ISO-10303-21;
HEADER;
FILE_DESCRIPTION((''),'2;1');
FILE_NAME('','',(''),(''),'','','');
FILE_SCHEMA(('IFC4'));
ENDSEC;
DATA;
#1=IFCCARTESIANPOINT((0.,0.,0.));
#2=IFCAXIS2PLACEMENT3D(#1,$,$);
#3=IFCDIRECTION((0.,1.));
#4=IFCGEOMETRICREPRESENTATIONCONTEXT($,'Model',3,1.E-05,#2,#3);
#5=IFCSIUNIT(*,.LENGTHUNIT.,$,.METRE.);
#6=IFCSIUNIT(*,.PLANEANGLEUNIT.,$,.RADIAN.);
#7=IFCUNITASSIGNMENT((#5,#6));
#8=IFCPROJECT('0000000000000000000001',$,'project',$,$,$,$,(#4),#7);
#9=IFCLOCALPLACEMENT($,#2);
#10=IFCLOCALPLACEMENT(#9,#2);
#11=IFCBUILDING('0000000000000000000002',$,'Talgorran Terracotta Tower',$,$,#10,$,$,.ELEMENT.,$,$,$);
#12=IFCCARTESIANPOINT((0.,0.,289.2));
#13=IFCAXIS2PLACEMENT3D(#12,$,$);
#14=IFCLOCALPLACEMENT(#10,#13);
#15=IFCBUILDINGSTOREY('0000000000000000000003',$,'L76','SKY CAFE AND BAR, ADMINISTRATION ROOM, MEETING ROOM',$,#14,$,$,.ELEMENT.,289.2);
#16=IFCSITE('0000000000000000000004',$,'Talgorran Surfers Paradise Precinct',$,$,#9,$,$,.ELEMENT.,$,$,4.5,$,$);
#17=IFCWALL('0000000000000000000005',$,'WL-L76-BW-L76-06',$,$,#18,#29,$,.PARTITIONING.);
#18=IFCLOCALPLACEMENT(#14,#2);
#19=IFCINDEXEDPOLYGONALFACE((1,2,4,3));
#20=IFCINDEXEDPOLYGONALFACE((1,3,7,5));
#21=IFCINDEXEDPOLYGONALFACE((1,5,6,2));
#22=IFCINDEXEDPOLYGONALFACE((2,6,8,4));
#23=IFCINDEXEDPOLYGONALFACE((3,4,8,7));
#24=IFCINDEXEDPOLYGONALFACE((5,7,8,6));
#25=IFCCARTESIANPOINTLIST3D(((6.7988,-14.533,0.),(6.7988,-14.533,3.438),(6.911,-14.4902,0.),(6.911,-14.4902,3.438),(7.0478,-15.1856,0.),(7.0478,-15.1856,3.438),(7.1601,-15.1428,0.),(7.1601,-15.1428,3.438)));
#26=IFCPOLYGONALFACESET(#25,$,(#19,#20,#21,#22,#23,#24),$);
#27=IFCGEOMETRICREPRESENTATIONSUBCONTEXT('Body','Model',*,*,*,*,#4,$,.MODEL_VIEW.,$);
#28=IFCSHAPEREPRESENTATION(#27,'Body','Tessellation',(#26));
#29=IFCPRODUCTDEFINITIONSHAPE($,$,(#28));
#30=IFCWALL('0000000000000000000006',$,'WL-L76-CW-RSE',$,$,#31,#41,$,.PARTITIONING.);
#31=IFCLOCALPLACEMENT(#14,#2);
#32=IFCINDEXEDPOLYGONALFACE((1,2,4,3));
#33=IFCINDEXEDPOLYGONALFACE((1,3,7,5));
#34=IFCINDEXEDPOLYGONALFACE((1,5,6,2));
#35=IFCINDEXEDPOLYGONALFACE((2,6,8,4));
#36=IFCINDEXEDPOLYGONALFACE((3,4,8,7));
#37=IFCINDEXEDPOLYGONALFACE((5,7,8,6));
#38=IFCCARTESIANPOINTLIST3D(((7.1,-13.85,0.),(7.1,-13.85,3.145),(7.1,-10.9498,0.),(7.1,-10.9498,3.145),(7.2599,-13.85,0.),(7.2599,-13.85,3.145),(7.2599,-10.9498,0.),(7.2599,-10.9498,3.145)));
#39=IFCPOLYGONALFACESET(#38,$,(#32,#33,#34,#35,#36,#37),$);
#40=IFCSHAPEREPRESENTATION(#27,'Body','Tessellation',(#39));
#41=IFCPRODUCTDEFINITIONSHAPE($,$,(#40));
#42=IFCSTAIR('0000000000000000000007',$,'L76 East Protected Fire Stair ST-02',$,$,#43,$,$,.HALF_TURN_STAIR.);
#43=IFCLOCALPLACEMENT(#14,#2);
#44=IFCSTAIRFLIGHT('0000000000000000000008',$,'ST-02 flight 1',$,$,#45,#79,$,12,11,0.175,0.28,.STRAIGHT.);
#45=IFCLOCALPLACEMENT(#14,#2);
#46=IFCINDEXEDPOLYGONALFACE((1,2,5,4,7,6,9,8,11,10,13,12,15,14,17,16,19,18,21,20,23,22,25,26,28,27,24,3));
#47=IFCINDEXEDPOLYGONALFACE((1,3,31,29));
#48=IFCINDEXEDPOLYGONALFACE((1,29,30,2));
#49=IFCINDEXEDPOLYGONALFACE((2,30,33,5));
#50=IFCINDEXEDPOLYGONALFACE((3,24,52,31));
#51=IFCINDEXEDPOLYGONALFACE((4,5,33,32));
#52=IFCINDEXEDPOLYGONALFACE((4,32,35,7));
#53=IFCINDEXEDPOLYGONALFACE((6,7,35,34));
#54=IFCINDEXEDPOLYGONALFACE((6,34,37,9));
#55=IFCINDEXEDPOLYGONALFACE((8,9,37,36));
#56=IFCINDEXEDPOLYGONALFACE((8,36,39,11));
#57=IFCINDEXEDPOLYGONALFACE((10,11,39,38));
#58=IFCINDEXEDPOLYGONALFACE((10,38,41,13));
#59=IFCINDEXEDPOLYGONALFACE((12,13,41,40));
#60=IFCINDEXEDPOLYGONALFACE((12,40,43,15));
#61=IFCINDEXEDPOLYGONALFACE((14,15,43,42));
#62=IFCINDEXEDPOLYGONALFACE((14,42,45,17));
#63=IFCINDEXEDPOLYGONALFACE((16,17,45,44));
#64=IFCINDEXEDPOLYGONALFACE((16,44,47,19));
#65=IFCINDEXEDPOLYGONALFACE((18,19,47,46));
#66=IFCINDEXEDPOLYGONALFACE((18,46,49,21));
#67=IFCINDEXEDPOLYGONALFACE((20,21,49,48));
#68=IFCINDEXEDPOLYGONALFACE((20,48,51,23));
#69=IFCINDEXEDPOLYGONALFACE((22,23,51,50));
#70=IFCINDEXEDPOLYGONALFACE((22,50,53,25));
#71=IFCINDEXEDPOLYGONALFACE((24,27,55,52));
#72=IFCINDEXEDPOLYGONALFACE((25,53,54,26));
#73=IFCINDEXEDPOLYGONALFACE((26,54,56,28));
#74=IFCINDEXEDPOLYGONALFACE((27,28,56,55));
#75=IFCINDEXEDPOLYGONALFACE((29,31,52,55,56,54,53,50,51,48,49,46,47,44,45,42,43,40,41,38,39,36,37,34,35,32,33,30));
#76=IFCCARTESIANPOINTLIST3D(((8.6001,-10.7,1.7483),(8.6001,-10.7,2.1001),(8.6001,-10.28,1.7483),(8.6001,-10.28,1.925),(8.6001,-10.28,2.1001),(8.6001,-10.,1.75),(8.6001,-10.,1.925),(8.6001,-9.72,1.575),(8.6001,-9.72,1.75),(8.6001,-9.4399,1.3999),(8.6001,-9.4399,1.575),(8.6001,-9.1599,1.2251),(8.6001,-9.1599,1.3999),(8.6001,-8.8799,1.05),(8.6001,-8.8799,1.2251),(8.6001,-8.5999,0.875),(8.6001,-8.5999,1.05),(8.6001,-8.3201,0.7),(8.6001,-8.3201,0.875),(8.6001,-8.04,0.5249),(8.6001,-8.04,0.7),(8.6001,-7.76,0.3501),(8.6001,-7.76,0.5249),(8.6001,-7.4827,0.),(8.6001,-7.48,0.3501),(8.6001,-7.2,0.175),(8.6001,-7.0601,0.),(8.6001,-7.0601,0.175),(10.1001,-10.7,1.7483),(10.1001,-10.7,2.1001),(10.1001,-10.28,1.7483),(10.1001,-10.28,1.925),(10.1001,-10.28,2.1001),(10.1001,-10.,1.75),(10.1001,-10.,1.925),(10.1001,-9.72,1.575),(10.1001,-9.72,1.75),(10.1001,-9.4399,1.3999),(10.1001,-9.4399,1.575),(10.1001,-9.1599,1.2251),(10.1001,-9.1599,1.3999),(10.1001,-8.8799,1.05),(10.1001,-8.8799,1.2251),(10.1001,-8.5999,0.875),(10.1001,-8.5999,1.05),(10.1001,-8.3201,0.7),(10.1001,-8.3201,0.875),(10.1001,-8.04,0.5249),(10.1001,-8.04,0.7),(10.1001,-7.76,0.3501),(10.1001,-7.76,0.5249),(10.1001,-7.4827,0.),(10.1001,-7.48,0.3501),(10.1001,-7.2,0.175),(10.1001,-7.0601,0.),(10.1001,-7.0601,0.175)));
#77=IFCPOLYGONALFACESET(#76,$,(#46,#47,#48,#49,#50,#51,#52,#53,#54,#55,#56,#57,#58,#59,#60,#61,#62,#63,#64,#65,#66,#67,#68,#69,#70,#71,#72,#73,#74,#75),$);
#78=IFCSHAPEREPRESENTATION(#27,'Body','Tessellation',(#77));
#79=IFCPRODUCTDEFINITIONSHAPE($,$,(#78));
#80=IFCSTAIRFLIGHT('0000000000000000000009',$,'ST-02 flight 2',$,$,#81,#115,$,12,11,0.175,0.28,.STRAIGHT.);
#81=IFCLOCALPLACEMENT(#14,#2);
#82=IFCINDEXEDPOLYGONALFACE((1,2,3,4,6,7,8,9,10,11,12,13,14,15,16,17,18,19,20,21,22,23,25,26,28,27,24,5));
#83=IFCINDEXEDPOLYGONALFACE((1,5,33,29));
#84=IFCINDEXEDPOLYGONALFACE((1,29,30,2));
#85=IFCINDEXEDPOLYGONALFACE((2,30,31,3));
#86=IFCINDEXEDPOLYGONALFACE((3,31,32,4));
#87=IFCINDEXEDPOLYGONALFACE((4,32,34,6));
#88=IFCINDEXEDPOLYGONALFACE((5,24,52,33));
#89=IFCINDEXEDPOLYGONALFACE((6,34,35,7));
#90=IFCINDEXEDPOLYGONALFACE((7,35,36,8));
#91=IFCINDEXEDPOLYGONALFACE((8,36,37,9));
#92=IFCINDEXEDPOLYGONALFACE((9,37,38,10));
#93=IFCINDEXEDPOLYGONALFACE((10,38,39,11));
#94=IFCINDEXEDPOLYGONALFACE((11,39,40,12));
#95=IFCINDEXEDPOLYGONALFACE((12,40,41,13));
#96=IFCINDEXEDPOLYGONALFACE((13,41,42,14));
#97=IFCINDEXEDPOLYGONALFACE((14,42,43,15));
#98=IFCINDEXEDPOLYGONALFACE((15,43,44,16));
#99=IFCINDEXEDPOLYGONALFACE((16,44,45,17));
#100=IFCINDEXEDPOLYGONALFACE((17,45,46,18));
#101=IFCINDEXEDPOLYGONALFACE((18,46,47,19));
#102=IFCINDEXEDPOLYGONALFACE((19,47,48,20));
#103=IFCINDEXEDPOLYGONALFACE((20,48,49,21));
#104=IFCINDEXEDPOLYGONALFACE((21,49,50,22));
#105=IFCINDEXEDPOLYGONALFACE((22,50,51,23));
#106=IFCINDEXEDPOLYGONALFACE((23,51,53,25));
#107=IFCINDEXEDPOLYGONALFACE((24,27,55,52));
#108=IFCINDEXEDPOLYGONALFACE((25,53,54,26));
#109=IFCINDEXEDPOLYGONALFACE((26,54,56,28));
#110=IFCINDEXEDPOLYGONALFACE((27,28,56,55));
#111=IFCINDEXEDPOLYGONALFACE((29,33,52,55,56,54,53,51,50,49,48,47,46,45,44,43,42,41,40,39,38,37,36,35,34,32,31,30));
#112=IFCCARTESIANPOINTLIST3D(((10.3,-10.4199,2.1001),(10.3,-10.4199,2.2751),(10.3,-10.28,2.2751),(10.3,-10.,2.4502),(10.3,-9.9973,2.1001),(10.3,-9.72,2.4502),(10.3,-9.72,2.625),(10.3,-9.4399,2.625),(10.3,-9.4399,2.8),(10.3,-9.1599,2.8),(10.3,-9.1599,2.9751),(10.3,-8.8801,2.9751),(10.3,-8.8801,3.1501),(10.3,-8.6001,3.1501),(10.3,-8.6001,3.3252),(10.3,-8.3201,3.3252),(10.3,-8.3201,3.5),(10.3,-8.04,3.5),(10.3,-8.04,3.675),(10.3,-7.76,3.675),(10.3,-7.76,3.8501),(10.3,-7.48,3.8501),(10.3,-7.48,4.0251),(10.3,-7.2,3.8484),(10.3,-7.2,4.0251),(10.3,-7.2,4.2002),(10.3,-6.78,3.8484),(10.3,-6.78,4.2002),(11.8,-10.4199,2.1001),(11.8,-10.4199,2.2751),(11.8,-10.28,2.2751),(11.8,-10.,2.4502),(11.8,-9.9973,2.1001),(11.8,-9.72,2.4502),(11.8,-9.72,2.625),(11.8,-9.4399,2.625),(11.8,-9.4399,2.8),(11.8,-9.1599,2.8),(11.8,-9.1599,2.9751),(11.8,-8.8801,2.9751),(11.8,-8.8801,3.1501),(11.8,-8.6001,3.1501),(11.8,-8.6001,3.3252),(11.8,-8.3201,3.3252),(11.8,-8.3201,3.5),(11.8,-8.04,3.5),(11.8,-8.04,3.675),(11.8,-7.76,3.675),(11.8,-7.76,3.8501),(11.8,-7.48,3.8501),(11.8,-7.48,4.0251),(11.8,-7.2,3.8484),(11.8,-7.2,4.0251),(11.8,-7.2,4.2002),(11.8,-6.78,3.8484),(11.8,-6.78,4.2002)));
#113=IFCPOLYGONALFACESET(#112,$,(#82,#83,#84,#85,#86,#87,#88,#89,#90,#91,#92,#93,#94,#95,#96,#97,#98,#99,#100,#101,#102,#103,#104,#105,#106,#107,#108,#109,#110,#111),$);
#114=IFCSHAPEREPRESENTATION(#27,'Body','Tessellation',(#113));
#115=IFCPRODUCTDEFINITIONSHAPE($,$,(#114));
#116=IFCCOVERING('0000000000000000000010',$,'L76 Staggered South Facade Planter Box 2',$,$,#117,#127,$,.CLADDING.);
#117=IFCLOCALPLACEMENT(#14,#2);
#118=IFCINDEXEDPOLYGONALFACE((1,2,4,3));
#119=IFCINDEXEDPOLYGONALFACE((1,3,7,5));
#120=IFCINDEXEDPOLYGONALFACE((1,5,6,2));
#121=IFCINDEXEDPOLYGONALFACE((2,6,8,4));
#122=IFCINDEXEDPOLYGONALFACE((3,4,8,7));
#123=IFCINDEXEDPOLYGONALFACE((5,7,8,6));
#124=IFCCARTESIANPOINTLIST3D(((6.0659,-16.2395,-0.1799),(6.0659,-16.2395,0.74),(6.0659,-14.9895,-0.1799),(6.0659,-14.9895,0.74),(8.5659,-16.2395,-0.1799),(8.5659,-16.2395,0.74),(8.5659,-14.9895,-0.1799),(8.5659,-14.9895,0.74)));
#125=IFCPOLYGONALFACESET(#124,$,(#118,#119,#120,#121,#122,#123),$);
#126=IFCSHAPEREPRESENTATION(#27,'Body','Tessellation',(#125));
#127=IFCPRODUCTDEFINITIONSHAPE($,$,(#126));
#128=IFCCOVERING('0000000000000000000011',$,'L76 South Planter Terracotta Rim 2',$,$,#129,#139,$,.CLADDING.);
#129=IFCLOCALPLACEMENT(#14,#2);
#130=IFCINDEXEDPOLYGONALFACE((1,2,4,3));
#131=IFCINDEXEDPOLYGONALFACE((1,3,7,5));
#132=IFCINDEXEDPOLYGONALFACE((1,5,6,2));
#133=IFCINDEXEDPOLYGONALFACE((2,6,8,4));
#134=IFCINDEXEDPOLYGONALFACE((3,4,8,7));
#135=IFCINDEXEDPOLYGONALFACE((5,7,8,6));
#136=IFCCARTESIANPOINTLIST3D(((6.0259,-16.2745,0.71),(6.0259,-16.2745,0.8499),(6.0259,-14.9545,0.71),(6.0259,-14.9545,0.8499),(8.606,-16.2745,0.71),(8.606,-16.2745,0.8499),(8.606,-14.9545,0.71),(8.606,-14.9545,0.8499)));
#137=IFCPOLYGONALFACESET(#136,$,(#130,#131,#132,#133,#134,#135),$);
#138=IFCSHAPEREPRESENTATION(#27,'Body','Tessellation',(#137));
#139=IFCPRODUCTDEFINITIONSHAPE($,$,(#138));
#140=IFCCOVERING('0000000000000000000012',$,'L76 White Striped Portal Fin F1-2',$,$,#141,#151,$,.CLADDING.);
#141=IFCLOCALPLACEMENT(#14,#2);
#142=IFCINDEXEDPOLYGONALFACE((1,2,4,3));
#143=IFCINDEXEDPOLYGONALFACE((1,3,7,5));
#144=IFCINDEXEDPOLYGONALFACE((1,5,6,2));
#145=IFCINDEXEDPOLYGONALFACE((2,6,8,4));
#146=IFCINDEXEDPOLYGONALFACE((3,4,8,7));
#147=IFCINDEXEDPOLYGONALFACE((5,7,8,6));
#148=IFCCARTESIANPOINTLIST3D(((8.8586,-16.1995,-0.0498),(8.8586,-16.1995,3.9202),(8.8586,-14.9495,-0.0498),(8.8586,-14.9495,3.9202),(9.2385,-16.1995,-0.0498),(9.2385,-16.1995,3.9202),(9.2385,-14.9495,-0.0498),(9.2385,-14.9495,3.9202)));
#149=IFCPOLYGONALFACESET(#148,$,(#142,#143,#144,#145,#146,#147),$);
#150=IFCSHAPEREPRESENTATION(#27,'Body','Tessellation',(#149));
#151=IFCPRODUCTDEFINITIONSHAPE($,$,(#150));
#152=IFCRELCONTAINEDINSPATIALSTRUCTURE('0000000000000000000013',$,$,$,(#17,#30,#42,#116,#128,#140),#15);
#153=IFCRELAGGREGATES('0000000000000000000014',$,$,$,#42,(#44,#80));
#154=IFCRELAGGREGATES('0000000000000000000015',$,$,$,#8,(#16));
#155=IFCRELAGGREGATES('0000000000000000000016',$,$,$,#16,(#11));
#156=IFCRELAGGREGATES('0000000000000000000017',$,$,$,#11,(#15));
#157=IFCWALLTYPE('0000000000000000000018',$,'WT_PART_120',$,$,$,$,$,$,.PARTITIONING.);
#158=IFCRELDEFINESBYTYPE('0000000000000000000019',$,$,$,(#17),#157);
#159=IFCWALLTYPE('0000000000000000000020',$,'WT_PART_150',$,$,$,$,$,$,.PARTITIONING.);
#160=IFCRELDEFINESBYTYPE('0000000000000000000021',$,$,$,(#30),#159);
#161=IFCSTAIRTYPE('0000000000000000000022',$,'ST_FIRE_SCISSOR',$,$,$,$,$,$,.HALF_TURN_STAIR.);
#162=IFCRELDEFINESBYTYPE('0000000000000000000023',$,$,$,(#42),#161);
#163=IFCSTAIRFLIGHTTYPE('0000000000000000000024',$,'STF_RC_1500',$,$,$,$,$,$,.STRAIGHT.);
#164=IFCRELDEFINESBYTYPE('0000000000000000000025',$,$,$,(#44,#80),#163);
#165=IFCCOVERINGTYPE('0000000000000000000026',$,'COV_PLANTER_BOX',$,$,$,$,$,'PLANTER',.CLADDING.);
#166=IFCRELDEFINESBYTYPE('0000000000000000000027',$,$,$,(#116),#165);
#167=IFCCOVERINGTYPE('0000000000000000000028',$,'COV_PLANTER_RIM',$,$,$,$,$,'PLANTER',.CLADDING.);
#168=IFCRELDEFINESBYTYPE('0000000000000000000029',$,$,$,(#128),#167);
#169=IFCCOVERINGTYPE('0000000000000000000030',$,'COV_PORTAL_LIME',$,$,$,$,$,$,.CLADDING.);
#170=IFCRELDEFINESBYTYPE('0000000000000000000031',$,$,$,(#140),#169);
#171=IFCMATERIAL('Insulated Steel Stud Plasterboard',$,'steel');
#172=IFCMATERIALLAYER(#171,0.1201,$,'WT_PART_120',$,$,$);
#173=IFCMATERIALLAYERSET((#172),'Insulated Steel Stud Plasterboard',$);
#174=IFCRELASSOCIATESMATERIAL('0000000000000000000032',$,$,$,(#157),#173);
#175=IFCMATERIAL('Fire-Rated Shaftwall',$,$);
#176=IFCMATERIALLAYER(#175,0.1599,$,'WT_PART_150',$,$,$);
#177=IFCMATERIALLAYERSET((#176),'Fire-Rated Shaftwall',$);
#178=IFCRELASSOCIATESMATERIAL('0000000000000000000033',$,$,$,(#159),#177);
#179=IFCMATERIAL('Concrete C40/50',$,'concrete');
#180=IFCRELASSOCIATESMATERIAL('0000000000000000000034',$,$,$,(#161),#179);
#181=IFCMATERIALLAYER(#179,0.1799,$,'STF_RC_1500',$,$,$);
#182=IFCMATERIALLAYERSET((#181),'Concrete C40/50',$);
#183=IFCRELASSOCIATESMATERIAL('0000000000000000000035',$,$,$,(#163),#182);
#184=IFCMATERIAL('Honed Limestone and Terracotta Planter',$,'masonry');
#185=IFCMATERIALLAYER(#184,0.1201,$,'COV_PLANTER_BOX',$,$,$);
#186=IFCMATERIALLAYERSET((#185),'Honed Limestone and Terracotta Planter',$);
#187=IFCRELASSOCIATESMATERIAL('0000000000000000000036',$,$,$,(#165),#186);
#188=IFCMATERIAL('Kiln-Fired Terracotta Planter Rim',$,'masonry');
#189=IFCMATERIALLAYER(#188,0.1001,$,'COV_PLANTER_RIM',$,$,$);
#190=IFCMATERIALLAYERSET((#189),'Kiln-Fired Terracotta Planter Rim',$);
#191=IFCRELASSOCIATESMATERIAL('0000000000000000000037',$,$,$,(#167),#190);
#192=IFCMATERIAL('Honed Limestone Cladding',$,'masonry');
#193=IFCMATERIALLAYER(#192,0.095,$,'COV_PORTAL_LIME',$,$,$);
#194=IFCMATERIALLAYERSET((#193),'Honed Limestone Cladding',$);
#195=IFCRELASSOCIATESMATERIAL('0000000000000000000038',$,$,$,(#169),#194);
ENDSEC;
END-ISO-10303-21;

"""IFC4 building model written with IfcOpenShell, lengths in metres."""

from ifc_helpers import new_model, si_unit, direction, frame, frame_2d, origin, origin_2d, place, context, subcontext, project, spatial, polyline, rectangle, outline, extrude, material, layer, layer_set, type_object, element, aggregate, save


model = new_model("IFC4")

# Units and contexts
model_context = context("Model", 3, precision=1e-05, world=origin(), true_north=direction((0.0, 1.0)))
body_context = subcontext(model_context, "Body", "Model", "MODEL_VIEW")
ifc_project = project(units=[si_unit("LENGTHUNIT", "METRE"), si_unit("PLANEANGLEUNIT", "RADIAN")], contexts=[model_context])

# Site, building, storey
site_placement = place(None, origin())
site = spatial("IfcSite", under=ifc_project, at=site_placement, Name="Talgorran Surfers Paradise Precinct", CompositionType="ELEMENT", RefElevation=4.5)
building_placement = place(site_placement, origin())
building = spatial("IfcBuilding", under=site, at=building_placement, Name="Talgorran Terracotta Tower", CompositionType="ELEMENT")
storey_placement = place(building_placement, frame((0.0, 0.0, 289.2)))
storey = spatial("IfcBuildingStorey", under=building, at=storey_placement, Name="L76", Description="SKY CAFE AND BAR, ADMINISTRATION ROOM, MEETING ROOM", CompositionType="ELEMENT", Elevation=289.2)

# Walls
ifc_material_1 = material(Name="Insulated Steel Stud Plasterboard", Category="steel")
ifc_layer_1 = layer(ifc_material_1, 0.1201, Name="WT_PART_120")
ifc_layer_set_1 = layer_set([ifc_layer_1], Name="Insulated Steel Stud Plasterboard")
wall_type_1 = type_object("IfcWallType", Name="WT_PART_120", PredefinedType="PARTITIONING", material=ifc_layer_set_1)
wall_1_placement = place(storey_placement, frame((6.855, -14.5117, 0.0), z_axis=(0.0, 0.0, 1.0), x_axis=(0.356519, -0.934288, 0.0)))
element("IfcWall", 1, at=wall_1_placement, inside=storey, type_object=wall_type_1, Name="WL-L76-BW-L76-06", PredefinedType="PARTITIONING", context=body_context, shape_type="SweptSolid", body=[
    extrude(rectangle(XDim=0.6985, YDim=0.1201, at=frame_2d((0.3491, 0.0))), origin(), (0.0, 0.0, 1.0), 3.438),
])
ifc_material_2 = material(Name="Fire-Rated Shaftwall")
ifc_layer_2 = layer(ifc_material_2, 0.1599, Name="WT_PART_150")
ifc_layer_set_2 = layer_set([ifc_layer_2], Name="Fire-Rated Shaftwall")
wall_type_2 = type_object("IfcWallType", Name="WT_PART_150", PredefinedType="PARTITIONING", material=ifc_layer_set_2)
wall_2_placement = place(storey_placement, frame((7.1799, -13.8501, 0.0), z_axis=(0.0, 0.0, 1.0), x_axis=(0.0, 1.0, 0.0)))
element("IfcWall", 2, at=wall_2_placement, inside=storey, type_object=wall_type_2, Name="WL-L76-CW-RSE", PredefinedType="PARTITIONING", context=body_context, shape_type="SweptSolid", body=[
    extrude(rectangle(XDim=2.9001, YDim=0.1599, at=frame_2d((1.4502, 0.0))), origin(), (0.0, 0.0, 1.0), 3.145),
])

# Stair, stair flights
ifc_material_3 = material(Name="Concrete C40/50", Category="concrete")
stair_type = type_object("IfcStairType", Name="ST_FIRE_SCISSOR", PredefinedType="HALF_TURN_STAIR", material=ifc_material_3)
stair_placement = place(storey_placement, origin())
stair = element("IfcStair", 3, at=stair_placement, inside=storey, type_object=stair_type, Name="L76 East Protected Fire Stair ST-02", PredefinedType="HALF_TURN_STAIR")
ifc_layer_3 = layer(ifc_material_3, 0.1799, Name="STF_RC_1500")
ifc_layer_set_3 = layer_set([ifc_layer_3], Name="Concrete C40/50")
stair_flight_type = type_object("IfcStairFlightType", Name="STF_RC_1500", PredefinedType="STRAIGHT", material=ifc_layer_set_3)
stair_flight_1_placement = place(storey_placement, frame((9.3501, -7.2, 0.0), z_axis=(0.0, 0.0, 1.0), x_axis=(0.0, -1.0, 0.0)))
stair_flight_1 = element("IfcStairFlight", 4, at=stair_flight_1_placement, type_object=stair_flight_type, Name="ST-02 flight 1", NumberOfRisers=12, NumberOfTreads=11, PredefinedType="STRAIGHT", RiserHeight=0.175, TreadLength=0.28, context=body_context, shape_type="SweptSolid", body=[
    extrude(outline(polyline([(-0.1399, 0.0), (-0.1399, 0.175), (0.0, 0.175), (0.28, 0.3501), (0.5601, 0.3501), (0.5601, 0.5249), (0.8401, 0.5249), (0.8401, 0.7), (1.1201, 0.7), (1.1201, 0.875), (1.3999, 0.875), (1.3999, 1.05), (1.6799, 1.05), (1.6799, 1.2251), (1.96, 1.2251), (1.96, 1.3999), (2.24, 1.3999), (2.24, 1.575), (2.52, 1.575), (2.52, 1.75), (2.8, 1.75), (2.8, 1.925), (3.0801, 1.925), (3.0801, 2.1001), (3.5, 2.1001), (3.5, 1.7483), (3.0801, 1.7483), (0.2827, 0.0), (-0.1399, 0.0)])), frame((0.0, 0.75, 0.0), z_axis=(0.0, -1.0, 0.0), x_axis=(1.0, 0.0, 0.0)), (0.0, 0.0, 1.0), 1.5),
])
stair_flight_2_placement = place(storey_placement, frame((11.05, -10.28, 2.1001), z_axis=(0.0, 0.0, 1.0), x_axis=(0.0, 1.0, 0.0)))
stair_flight_2 = element("IfcStairFlight", 5, at=stair_flight_2_placement, type_object=stair_flight_type, Name="ST-02 flight 2", NumberOfRisers=12, NumberOfTreads=11, PredefinedType="STRAIGHT", RiserHeight=0.175, TreadLength=0.28, context=body_context, shape_type="SweptSolid", body=[
    extrude(outline(polyline([(-0.1399, 0.0), (-0.1399, 0.175), (0.0, 0.175), (0.28, 0.3501), (0.5601, 0.3501), (0.5601, 0.5249), (0.8401, 0.5249), (0.8401, 0.7), (1.1201, 0.7), (1.1201, 0.875), (1.3999, 0.875), (1.3999, 1.05), (1.6799, 1.05), (1.6799, 1.2251), (1.96, 1.2251), (1.96, 1.3999), (2.24, 1.3999), (2.24, 1.575), (2.52, 1.575), (2.52, 1.75), (2.8, 1.75), (2.8, 1.925), (3.0801, 1.925), (3.0801, 2.1001), (3.5, 2.1001), (3.5, 1.7483), (3.0801, 1.7483), (0.2827, 0.0), (-0.1399, 0.0)])), frame((0.0, 0.75, 0.0), z_axis=(0.0, -1.0, 0.0), x_axis=(1.0, 0.0, 0.0)), (0.0, 0.0, 1.0), 1.5),
])
aggregate(stair, [stair_flight_1, stair_flight_2])

# Coverings
ifc_material_4 = material(Name="Honed Limestone and Terracotta Planter", Category="masonry")
ifc_layer_4 = layer(ifc_material_4, 0.1201, Name="COV_PLANTER_BOX")
ifc_layer_set_4 = layer_set([ifc_layer_4], Name="Honed Limestone and Terracotta Planter")
covering_type_1 = type_object("IfcCoveringType", Name="COV_PLANTER_BOX", ElementType="PLANTER", PredefinedType="CLADDING", material=ifc_layer_set_4)
covering_1_placement = place(storey_placement, frame((7.3159, -15.6145, -0.1799), z_axis=(0.0, 0.0, 1.0), x_axis=(1.0, 0.0, 0.0)))
element("IfcCovering", 6, at=covering_1_placement, inside=storey, type_object=covering_type_1, Name="L76 Staggered South Facade Planter Box 2", PredefinedType="CLADDING", context=body_context, shape_type="SweptSolid", body=[
    extrude(rectangle(XDim=2.5, YDim=1.25, at=origin_2d()), origin(), (0.0, 0.0, 1.0), 0.9199),
])
ifc_material_5 = material(Name="Kiln-Fired Terracotta Planter Rim", Category="masonry")
ifc_layer_5 = layer(ifc_material_5, 0.1001, Name="COV_PLANTER_RIM")
ifc_layer_set_5 = layer_set([ifc_layer_5], Name="Kiln-Fired Terracotta Planter Rim")
covering_type_2 = type_object("IfcCoveringType", Name="COV_PLANTER_RIM", ElementType="PLANTER", PredefinedType="CLADDING", material=ifc_layer_set_5)
covering_2_placement = place(storey_placement, frame((7.3159, -15.6145, 0.71), z_axis=(0.0, 0.0, 1.0), x_axis=(1.0, 0.0, 0.0)))
element("IfcCovering", 7, at=covering_2_placement, inside=storey, type_object=covering_type_2, Name="L76 South Planter Terracotta Rim 2", PredefinedType="CLADDING", context=body_context, shape_type="SweptSolid", body=[
    extrude(rectangle(XDim=2.5801, YDim=1.3201, at=origin_2d()), origin(), (0.0, 0.0, 1.0), 0.1399),
])
ifc_material_6 = material(Name="Honed Limestone Cladding", Category="masonry")
ifc_layer_6 = layer(ifc_material_6, 0.095, Name="COV_PORTAL_LIME")
ifc_layer_set_6 = layer_set([ifc_layer_6], Name="Honed Limestone Cladding")
covering_type_3 = type_object("IfcCoveringType", Name="COV_PORTAL_LIME", PredefinedType="CLADDING", material=ifc_layer_set_6)
covering_3_placement = place(storey_placement, frame((9.0486, -15.5745, -0.0498), z_axis=(0.0, 0.0, 1.0), x_axis=(1.0, 0.0, 0.0)))
element("IfcCovering", 8, at=covering_3_placement, inside=storey, type_object=covering_type_3, Name="L76 White Striped Portal Fin F1-2", PredefinedType="CLADDING", context=body_context, shape_type="SweptSolid", body=[
    extrude(rectangle(XDim=0.3799, YDim=1.25, at=origin_2d()), origin(), (0.0, 0.0, 1.0), 3.97),
])

save(model, "model.ifc")
